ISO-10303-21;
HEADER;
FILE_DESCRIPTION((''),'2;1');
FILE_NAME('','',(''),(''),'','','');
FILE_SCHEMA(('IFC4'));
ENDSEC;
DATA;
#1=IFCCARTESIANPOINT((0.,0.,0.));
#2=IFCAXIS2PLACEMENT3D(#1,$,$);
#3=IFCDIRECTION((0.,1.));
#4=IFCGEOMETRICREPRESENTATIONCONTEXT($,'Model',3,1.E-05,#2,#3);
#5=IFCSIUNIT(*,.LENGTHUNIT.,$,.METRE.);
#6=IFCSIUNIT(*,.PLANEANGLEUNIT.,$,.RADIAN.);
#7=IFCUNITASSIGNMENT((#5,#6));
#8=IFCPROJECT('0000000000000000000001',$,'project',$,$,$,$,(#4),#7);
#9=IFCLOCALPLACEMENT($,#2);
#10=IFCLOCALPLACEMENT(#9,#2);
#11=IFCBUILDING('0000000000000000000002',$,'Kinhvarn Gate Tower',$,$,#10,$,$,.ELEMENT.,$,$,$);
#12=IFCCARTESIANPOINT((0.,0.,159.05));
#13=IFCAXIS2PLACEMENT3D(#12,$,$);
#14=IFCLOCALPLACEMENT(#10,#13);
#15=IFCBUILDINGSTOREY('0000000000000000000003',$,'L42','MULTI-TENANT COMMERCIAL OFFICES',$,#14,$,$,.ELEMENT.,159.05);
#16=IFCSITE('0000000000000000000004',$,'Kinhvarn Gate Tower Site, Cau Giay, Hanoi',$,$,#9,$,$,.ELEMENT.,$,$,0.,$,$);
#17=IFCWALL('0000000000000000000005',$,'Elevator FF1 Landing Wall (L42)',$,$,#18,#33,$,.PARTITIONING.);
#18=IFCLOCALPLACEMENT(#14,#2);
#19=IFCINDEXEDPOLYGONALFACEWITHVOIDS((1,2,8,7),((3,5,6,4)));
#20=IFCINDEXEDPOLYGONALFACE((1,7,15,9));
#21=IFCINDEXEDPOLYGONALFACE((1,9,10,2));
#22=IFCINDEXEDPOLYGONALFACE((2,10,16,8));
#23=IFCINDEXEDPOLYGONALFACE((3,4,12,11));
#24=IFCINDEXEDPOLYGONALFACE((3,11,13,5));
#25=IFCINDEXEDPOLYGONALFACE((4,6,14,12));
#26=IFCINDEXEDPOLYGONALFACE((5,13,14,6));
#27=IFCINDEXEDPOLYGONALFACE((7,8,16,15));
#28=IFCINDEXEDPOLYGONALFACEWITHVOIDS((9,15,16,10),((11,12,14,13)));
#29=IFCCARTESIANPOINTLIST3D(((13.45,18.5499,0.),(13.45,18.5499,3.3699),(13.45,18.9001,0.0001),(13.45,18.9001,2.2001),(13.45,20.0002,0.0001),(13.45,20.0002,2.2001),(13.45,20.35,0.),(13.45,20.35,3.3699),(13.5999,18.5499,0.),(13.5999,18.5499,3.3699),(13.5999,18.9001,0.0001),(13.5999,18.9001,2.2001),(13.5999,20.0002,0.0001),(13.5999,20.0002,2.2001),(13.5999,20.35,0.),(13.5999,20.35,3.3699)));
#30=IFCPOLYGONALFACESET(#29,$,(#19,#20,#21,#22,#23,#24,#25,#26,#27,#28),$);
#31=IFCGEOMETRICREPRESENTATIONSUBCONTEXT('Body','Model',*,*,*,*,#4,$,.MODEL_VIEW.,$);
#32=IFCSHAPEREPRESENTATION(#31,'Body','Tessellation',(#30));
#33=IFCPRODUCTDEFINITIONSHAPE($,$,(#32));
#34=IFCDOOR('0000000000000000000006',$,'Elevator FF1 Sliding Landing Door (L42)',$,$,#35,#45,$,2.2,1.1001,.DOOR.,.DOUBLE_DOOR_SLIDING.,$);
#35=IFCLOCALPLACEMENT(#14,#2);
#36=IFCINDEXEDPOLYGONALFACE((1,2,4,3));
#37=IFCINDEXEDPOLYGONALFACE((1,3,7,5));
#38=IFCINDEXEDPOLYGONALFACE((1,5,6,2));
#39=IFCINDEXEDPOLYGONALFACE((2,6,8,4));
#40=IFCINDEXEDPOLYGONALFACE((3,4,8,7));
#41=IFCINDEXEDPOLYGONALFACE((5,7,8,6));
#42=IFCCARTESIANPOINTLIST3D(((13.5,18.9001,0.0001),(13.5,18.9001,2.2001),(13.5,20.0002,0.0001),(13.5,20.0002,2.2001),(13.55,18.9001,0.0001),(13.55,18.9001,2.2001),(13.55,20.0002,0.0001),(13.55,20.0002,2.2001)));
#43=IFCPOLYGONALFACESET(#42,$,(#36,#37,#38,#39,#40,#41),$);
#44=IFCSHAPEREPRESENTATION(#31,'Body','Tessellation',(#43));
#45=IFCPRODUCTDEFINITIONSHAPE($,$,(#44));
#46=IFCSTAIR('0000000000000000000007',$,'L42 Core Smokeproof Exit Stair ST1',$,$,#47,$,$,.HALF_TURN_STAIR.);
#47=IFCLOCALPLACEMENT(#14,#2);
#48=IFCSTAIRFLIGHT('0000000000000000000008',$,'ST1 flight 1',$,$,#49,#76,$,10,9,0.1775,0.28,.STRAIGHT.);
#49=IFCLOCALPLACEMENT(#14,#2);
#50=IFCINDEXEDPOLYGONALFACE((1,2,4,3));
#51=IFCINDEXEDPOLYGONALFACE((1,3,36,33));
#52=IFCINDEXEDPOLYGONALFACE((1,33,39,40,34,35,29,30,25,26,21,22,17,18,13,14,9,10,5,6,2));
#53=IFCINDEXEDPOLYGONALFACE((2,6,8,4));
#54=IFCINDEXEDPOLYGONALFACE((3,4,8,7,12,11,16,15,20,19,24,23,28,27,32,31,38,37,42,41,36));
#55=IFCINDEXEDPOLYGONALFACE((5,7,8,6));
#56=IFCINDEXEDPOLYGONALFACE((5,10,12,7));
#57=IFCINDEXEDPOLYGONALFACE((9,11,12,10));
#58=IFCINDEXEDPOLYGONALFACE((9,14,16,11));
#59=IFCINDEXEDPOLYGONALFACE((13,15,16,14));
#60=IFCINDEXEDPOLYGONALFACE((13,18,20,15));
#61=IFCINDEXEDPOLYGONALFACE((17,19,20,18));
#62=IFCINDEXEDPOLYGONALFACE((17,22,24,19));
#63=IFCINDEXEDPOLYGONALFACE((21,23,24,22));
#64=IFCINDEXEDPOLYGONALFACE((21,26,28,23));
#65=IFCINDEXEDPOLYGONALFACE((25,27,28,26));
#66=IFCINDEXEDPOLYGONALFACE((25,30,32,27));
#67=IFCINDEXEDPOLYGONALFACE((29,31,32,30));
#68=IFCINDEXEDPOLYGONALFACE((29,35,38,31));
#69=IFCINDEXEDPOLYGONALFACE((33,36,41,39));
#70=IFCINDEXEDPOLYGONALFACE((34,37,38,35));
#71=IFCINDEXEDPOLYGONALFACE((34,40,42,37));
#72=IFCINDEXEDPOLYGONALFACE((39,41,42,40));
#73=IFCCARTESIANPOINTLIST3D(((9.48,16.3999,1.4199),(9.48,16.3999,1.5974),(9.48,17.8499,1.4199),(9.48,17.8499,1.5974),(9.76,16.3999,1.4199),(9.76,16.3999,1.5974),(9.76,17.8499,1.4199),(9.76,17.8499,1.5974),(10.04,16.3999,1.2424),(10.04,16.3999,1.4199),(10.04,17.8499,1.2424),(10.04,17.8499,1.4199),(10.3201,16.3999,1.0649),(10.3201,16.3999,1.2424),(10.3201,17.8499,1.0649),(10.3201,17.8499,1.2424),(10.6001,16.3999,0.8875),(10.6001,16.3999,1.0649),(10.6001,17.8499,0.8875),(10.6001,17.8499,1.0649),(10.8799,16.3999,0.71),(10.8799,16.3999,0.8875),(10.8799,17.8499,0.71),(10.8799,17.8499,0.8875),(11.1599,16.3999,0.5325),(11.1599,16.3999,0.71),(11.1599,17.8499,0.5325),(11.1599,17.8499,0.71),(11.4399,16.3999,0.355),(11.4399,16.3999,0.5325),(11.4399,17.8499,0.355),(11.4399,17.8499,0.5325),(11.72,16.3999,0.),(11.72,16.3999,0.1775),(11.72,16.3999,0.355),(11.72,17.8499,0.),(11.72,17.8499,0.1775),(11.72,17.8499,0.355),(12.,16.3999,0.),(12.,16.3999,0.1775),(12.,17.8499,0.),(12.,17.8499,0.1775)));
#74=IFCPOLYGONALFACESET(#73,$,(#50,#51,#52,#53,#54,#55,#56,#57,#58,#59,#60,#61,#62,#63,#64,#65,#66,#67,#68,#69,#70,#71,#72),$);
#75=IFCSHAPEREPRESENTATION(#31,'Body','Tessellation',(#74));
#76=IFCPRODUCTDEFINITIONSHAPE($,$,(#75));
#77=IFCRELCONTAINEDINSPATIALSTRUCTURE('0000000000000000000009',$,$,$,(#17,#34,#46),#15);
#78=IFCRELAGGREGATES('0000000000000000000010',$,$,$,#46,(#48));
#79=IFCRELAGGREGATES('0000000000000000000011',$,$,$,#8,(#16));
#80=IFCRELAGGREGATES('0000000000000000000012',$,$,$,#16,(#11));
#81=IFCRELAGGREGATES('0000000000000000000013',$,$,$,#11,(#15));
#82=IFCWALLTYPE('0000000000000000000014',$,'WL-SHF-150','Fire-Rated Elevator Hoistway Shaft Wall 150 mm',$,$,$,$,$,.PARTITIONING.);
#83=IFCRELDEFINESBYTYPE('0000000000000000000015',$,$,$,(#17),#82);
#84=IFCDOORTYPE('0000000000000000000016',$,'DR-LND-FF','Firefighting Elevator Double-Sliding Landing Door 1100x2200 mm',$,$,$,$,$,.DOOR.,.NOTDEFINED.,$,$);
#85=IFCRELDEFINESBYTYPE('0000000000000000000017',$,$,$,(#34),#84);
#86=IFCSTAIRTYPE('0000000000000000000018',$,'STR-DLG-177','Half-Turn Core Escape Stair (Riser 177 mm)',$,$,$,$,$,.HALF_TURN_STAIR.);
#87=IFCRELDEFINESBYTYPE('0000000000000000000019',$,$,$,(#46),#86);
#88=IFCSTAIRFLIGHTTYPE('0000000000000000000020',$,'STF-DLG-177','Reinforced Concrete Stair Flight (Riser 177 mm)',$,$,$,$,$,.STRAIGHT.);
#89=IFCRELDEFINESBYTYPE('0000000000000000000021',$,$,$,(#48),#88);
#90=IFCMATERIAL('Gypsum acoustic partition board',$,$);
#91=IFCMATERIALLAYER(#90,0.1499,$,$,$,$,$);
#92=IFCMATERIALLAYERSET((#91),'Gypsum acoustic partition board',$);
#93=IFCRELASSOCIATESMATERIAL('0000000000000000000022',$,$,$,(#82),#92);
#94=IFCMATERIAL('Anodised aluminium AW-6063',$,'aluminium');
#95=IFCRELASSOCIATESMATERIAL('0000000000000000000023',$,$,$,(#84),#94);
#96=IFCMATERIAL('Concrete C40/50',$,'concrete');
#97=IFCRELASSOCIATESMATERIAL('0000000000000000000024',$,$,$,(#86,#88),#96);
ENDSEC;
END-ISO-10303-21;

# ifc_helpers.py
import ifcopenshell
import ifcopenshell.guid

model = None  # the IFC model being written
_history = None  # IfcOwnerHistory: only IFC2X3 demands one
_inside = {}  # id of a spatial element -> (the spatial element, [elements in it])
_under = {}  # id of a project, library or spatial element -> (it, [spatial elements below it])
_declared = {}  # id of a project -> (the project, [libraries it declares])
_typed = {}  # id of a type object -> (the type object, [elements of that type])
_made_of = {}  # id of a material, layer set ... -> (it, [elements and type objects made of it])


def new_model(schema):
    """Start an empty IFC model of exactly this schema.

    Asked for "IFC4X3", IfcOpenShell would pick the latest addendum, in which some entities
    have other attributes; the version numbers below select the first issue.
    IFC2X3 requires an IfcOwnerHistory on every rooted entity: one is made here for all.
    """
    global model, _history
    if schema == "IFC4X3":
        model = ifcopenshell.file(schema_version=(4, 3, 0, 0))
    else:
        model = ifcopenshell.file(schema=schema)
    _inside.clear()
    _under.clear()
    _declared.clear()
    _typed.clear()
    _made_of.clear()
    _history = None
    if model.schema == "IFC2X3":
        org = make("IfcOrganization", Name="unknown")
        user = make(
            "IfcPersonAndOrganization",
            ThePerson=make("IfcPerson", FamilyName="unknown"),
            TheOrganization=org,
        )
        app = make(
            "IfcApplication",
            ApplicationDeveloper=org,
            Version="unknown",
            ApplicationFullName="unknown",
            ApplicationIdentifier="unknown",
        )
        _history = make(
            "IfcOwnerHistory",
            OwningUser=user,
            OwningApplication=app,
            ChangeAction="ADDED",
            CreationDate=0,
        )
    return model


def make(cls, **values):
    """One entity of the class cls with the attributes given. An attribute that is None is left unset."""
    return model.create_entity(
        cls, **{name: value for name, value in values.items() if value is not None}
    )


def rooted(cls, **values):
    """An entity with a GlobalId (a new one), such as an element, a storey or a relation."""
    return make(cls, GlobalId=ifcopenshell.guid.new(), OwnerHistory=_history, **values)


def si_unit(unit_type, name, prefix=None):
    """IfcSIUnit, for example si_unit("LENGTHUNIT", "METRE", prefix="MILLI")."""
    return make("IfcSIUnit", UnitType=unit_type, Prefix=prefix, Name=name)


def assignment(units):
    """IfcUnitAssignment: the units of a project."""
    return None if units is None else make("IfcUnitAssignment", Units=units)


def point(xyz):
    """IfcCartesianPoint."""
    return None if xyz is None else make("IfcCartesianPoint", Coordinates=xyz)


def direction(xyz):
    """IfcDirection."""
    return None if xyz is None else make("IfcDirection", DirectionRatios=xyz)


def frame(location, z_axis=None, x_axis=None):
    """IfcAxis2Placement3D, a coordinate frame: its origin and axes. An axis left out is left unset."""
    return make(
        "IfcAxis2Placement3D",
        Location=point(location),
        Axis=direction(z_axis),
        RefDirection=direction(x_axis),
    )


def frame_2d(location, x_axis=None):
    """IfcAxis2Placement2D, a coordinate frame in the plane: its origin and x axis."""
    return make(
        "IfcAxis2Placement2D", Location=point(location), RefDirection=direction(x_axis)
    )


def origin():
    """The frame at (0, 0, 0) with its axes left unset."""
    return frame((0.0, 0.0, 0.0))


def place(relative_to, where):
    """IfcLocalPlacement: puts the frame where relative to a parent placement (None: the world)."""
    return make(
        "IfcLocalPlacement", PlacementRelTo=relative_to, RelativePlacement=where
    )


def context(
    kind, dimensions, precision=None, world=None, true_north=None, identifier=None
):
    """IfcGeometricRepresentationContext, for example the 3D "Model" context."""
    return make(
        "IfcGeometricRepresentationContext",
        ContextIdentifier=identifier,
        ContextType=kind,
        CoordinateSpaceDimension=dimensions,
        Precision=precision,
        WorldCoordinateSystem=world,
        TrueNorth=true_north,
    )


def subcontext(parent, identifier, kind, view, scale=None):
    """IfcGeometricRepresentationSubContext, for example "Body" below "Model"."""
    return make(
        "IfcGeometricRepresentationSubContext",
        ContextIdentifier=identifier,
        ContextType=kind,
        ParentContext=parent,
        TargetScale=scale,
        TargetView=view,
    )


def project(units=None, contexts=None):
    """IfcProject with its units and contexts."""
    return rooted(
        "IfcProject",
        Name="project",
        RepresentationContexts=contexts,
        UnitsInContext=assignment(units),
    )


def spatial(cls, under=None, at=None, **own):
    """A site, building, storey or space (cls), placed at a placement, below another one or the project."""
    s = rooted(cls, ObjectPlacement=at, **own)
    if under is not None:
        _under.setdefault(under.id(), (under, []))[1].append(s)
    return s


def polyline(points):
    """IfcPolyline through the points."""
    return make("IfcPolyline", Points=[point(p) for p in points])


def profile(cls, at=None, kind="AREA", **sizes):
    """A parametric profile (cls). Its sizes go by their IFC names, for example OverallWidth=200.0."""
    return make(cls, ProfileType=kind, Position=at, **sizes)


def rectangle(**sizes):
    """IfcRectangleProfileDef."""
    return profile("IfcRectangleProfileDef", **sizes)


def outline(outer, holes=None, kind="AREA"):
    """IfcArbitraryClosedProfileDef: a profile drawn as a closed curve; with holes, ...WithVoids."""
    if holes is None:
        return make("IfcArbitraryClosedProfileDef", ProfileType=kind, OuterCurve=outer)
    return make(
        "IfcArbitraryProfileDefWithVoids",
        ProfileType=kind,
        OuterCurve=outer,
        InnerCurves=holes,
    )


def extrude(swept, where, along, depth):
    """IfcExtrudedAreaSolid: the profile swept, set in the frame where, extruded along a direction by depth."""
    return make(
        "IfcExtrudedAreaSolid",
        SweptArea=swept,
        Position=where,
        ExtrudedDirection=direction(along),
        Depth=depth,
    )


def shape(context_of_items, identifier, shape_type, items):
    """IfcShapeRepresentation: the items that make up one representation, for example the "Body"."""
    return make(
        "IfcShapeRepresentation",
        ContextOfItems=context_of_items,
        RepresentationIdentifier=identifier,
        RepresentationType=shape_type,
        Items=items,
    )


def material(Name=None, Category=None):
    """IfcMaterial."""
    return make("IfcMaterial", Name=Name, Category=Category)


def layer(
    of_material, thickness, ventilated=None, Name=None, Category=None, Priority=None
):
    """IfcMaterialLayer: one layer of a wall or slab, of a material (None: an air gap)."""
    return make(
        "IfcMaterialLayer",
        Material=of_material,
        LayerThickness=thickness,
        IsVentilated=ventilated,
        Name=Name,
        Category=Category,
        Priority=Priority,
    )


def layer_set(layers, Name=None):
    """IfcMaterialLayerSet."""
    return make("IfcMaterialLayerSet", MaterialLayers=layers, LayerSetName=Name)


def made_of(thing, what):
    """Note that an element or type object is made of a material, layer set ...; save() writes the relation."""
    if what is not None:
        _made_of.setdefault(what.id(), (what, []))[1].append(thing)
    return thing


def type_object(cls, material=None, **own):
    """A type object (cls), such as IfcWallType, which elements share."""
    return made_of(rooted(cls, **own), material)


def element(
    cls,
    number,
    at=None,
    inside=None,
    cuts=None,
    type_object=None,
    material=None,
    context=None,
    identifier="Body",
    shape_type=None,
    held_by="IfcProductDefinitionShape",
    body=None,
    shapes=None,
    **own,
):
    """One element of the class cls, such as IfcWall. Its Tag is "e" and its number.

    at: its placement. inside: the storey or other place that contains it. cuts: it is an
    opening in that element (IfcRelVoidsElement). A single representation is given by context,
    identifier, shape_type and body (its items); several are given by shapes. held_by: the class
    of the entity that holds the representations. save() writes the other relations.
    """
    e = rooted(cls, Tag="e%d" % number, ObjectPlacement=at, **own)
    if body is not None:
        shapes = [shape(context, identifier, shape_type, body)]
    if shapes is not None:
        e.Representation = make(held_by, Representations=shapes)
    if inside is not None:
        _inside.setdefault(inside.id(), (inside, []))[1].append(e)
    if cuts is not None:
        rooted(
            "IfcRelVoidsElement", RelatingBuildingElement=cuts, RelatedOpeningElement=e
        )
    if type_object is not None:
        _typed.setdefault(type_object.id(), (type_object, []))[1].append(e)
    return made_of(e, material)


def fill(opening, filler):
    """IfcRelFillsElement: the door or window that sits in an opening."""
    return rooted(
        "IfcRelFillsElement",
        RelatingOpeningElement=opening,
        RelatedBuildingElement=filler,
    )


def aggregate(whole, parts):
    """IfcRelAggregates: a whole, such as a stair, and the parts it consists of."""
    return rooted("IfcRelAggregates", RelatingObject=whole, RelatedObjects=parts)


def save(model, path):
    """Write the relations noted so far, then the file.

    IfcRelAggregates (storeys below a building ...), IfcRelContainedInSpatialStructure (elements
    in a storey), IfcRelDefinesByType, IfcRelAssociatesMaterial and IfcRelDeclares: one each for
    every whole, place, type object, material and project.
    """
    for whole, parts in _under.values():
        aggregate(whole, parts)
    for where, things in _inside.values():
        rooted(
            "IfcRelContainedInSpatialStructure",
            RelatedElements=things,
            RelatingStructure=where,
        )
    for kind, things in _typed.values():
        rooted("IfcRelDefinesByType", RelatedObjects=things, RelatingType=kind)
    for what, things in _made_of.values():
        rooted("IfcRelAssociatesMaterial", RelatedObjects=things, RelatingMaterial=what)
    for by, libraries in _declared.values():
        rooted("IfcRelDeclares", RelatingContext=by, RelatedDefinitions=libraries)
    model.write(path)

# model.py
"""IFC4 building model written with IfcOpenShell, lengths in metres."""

from ifc_helpers import new_model, si_unit, direction, frame, frame_2d, origin, place, context, subcontext, project, spatial, polyline, rectangle, outline, extrude, material, layer, layer_set, type_object, element, fill, aggregate, save


model = new_model("IFC4")

# Units and contexts
model_context = context("Model", 3, precision=1e-05, world=origin(), true_north=direction((0.0, 1.0)))
body_context = subcontext(model_context, "Body", "Model", "MODEL_VIEW")
ifc_project = project(units=[si_unit("LENGTHUNIT", "METRE"), si_unit("PLANEANGLEUNIT", "RADIAN")], contexts=[model_context])

# Site, building, storey
site_placement = place(None, origin())
site = spatial("IfcSite", under=ifc_project, at=site_placement, Name="Kinhvarn Gate Tower Site, Cau Giay, Hanoi", CompositionType="ELEMENT", RefElevation=0.0)
building_placement = place(site_placement, origin())
building = spatial("IfcBuilding", under=site, at=building_placement, Name="Kinhvarn Gate Tower", CompositionType="ELEMENT")
storey_placement = place(building_placement, frame((0.0, 0.0, 159.05)))
storey = spatial("IfcBuildingStorey", under=building, at=storey_placement, Name="L42", Description="MULTI-TENANT COMMERCIAL OFFICES", CompositionType="ELEMENT", Elevation=159.05)

# Shared definitions
ifc_material_1 = material(Name="Anodised aluminium AW-6063", Category="aluminium")

# Shared definitions
ifc_material_2 = material(Name="Gypsum acoustic partition board")

# Shared definitions
ifc_layer_1 = layer(ifc_material_2, 0.1499)
ifc_layer_set_1 = layer_set([ifc_layer_1], Name="Gypsum acoustic partition board")
wall_type_1 = type_object("IfcWallType", Name="WL-SHF-150", Description="Fire-Rated Elevator Hoistway Shaft Wall 150 mm", PredefinedType="PARTITIONING", material=ifc_layer_set_1)

# Wall, opening, door
wall_1_placement = place(storey_placement, frame((13.5249, 18.55, 0.0), z_axis=(0.0, 0.0, 1.0), x_axis=(0.0, 1.0, 0.0)))
wall_1 = element("IfcWall", 1, at=wall_1_placement, inside=storey, type_object=wall_type_1, Name="Elevator FF1 Landing Wall (L42)", PredefinedType="PARTITIONING", context=body_context, shape_type="SweptSolid", body=[
    extrude(rectangle(XDim=1.8, YDim=0.1499, at=frame_2d((0.8999, 0.0))), origin(), (0.0, 0.0, 1.0), 3.3699),
])
opening_1_placement = place(wall_1_placement, frame((0.3501, 0.0, 0.0)))
opening_1 = element("IfcOpeningElement", 2, at=opening_1_placement, cuts=wall_1, PredefinedType="OPENING", context=body_context, shape_type="SweptSolid", body=[
    extrude(rectangle(XDim=1.1001, YDim=2.2, at=frame_2d((0.55, 1.1001))), frame((0.0, 0.085, 0.0), z_axis=(0.0, -1.0, 0.0), x_axis=(1.0, 0.0, 0.0)), (0.0, 0.0, 1.0), 0.1699),
])
door_type_1 = type_object("IfcDoorType", Name="DR-LND-FF", Description="Firefighting Elevator Double-Sliding Landing Door 1100x2200 mm", OperationType="NOTDEFINED", PredefinedType="DOOR", material=ifc_material_1)
door_1_placement = place(opening_1_placement, origin())
door_1 = element("IfcDoor", 3, at=door_1_placement, inside=storey, type_object=door_type_1, Name="Elevator FF1 Sliding Landing Door (L42)", OperationType="DOUBLE_DOOR_SLIDING", OverallHeight=2.2, OverallWidth=1.1001, PredefinedType="DOOR", context=body_context, shape_type="SweptSolid", body=[
    extrude(rectangle(XDim=1.1001, YDim=2.2, at=frame_2d((0.55, 1.1001))), frame((0.0, 0.0249, 0.0), z_axis=(0.0, -1.0, 0.0), x_axis=(1.0, 0.0, 0.0)), (0.0, 0.0, 1.0), 0.05),
])
fill(opening_1, door_1)
ifc_material_3 = material(Name="Concrete C40/50", Category="concrete")

# Stair, stair flight
stair_type = type_object("IfcStairType", Name="STR-DLG-177", Description="Half-Turn Core Escape Stair (Riser 177 mm)", PredefinedType="HALF_TURN_STAIR", material=ifc_material_3)
stair_placement = place(storey_placement, origin())
stair = element("IfcStair", 4, at=stair_placement, inside=storey, type_object=stair_type, Name="L42 Core Smokeproof Exit Stair ST1", PredefinedType="HALF_TURN_STAIR")
stair_flight_type = type_object("IfcStairFlightType", Name="STF-DLG-177", Description="Reinforced Concrete Stair Flight (Riser 177 mm)", PredefinedType="STRAIGHT", material=ifc_material_3)
stair_flight_placement = place(storey_placement, frame((12.0, 17.125, 0.0), z_axis=(0.0, 0.0, 1.0), x_axis=(-1.0, 0.0, 0.0)))
stair_flight = element("IfcStairFlight", 5, at=stair_flight_placement, type_object=stair_flight_type, Name="ST1 flight 1", NumberOfRisers=10, NumberOfTreads=9, PredefinedType="STRAIGHT", RiserHeight=0.1775, TreadLength=0.28, context=body_context, shape_type="SweptSolid", body=[
    extrude(outline(polyline([(0.0, 0.0), (0.0, 0.1775), (0.28, 0.1775), (0.28, 0.355), (0.5601, 0.355), (0.5601, 0.5325), (0.8401, 0.5325), (0.8401, 0.71), (1.1201, 0.71), (1.1201, 0.8875), (1.3999, 0.8875), (1.3999, 1.0649), (1.6799, 1.0649), (1.6799, 1.2424), (1.96, 1.2424), (1.96, 1.4199), (2.24, 1.4199), (2.24, 1.5974), (2.52, 1.5974), (2.52, 1.7749), (2.52, 1.4199), (0.28, 0.0), (0.0, 0.0)])), frame((0.0, 0.7251, 0.0), z_axis=(0.0, -1.0, 0.0), x_axis=(1.0, 0.0, 0.0)), (0.0, 0.0, 1.0), 1.45),
])
aggregate(stair, [stair_flight])

save(model, "model.ifc")
